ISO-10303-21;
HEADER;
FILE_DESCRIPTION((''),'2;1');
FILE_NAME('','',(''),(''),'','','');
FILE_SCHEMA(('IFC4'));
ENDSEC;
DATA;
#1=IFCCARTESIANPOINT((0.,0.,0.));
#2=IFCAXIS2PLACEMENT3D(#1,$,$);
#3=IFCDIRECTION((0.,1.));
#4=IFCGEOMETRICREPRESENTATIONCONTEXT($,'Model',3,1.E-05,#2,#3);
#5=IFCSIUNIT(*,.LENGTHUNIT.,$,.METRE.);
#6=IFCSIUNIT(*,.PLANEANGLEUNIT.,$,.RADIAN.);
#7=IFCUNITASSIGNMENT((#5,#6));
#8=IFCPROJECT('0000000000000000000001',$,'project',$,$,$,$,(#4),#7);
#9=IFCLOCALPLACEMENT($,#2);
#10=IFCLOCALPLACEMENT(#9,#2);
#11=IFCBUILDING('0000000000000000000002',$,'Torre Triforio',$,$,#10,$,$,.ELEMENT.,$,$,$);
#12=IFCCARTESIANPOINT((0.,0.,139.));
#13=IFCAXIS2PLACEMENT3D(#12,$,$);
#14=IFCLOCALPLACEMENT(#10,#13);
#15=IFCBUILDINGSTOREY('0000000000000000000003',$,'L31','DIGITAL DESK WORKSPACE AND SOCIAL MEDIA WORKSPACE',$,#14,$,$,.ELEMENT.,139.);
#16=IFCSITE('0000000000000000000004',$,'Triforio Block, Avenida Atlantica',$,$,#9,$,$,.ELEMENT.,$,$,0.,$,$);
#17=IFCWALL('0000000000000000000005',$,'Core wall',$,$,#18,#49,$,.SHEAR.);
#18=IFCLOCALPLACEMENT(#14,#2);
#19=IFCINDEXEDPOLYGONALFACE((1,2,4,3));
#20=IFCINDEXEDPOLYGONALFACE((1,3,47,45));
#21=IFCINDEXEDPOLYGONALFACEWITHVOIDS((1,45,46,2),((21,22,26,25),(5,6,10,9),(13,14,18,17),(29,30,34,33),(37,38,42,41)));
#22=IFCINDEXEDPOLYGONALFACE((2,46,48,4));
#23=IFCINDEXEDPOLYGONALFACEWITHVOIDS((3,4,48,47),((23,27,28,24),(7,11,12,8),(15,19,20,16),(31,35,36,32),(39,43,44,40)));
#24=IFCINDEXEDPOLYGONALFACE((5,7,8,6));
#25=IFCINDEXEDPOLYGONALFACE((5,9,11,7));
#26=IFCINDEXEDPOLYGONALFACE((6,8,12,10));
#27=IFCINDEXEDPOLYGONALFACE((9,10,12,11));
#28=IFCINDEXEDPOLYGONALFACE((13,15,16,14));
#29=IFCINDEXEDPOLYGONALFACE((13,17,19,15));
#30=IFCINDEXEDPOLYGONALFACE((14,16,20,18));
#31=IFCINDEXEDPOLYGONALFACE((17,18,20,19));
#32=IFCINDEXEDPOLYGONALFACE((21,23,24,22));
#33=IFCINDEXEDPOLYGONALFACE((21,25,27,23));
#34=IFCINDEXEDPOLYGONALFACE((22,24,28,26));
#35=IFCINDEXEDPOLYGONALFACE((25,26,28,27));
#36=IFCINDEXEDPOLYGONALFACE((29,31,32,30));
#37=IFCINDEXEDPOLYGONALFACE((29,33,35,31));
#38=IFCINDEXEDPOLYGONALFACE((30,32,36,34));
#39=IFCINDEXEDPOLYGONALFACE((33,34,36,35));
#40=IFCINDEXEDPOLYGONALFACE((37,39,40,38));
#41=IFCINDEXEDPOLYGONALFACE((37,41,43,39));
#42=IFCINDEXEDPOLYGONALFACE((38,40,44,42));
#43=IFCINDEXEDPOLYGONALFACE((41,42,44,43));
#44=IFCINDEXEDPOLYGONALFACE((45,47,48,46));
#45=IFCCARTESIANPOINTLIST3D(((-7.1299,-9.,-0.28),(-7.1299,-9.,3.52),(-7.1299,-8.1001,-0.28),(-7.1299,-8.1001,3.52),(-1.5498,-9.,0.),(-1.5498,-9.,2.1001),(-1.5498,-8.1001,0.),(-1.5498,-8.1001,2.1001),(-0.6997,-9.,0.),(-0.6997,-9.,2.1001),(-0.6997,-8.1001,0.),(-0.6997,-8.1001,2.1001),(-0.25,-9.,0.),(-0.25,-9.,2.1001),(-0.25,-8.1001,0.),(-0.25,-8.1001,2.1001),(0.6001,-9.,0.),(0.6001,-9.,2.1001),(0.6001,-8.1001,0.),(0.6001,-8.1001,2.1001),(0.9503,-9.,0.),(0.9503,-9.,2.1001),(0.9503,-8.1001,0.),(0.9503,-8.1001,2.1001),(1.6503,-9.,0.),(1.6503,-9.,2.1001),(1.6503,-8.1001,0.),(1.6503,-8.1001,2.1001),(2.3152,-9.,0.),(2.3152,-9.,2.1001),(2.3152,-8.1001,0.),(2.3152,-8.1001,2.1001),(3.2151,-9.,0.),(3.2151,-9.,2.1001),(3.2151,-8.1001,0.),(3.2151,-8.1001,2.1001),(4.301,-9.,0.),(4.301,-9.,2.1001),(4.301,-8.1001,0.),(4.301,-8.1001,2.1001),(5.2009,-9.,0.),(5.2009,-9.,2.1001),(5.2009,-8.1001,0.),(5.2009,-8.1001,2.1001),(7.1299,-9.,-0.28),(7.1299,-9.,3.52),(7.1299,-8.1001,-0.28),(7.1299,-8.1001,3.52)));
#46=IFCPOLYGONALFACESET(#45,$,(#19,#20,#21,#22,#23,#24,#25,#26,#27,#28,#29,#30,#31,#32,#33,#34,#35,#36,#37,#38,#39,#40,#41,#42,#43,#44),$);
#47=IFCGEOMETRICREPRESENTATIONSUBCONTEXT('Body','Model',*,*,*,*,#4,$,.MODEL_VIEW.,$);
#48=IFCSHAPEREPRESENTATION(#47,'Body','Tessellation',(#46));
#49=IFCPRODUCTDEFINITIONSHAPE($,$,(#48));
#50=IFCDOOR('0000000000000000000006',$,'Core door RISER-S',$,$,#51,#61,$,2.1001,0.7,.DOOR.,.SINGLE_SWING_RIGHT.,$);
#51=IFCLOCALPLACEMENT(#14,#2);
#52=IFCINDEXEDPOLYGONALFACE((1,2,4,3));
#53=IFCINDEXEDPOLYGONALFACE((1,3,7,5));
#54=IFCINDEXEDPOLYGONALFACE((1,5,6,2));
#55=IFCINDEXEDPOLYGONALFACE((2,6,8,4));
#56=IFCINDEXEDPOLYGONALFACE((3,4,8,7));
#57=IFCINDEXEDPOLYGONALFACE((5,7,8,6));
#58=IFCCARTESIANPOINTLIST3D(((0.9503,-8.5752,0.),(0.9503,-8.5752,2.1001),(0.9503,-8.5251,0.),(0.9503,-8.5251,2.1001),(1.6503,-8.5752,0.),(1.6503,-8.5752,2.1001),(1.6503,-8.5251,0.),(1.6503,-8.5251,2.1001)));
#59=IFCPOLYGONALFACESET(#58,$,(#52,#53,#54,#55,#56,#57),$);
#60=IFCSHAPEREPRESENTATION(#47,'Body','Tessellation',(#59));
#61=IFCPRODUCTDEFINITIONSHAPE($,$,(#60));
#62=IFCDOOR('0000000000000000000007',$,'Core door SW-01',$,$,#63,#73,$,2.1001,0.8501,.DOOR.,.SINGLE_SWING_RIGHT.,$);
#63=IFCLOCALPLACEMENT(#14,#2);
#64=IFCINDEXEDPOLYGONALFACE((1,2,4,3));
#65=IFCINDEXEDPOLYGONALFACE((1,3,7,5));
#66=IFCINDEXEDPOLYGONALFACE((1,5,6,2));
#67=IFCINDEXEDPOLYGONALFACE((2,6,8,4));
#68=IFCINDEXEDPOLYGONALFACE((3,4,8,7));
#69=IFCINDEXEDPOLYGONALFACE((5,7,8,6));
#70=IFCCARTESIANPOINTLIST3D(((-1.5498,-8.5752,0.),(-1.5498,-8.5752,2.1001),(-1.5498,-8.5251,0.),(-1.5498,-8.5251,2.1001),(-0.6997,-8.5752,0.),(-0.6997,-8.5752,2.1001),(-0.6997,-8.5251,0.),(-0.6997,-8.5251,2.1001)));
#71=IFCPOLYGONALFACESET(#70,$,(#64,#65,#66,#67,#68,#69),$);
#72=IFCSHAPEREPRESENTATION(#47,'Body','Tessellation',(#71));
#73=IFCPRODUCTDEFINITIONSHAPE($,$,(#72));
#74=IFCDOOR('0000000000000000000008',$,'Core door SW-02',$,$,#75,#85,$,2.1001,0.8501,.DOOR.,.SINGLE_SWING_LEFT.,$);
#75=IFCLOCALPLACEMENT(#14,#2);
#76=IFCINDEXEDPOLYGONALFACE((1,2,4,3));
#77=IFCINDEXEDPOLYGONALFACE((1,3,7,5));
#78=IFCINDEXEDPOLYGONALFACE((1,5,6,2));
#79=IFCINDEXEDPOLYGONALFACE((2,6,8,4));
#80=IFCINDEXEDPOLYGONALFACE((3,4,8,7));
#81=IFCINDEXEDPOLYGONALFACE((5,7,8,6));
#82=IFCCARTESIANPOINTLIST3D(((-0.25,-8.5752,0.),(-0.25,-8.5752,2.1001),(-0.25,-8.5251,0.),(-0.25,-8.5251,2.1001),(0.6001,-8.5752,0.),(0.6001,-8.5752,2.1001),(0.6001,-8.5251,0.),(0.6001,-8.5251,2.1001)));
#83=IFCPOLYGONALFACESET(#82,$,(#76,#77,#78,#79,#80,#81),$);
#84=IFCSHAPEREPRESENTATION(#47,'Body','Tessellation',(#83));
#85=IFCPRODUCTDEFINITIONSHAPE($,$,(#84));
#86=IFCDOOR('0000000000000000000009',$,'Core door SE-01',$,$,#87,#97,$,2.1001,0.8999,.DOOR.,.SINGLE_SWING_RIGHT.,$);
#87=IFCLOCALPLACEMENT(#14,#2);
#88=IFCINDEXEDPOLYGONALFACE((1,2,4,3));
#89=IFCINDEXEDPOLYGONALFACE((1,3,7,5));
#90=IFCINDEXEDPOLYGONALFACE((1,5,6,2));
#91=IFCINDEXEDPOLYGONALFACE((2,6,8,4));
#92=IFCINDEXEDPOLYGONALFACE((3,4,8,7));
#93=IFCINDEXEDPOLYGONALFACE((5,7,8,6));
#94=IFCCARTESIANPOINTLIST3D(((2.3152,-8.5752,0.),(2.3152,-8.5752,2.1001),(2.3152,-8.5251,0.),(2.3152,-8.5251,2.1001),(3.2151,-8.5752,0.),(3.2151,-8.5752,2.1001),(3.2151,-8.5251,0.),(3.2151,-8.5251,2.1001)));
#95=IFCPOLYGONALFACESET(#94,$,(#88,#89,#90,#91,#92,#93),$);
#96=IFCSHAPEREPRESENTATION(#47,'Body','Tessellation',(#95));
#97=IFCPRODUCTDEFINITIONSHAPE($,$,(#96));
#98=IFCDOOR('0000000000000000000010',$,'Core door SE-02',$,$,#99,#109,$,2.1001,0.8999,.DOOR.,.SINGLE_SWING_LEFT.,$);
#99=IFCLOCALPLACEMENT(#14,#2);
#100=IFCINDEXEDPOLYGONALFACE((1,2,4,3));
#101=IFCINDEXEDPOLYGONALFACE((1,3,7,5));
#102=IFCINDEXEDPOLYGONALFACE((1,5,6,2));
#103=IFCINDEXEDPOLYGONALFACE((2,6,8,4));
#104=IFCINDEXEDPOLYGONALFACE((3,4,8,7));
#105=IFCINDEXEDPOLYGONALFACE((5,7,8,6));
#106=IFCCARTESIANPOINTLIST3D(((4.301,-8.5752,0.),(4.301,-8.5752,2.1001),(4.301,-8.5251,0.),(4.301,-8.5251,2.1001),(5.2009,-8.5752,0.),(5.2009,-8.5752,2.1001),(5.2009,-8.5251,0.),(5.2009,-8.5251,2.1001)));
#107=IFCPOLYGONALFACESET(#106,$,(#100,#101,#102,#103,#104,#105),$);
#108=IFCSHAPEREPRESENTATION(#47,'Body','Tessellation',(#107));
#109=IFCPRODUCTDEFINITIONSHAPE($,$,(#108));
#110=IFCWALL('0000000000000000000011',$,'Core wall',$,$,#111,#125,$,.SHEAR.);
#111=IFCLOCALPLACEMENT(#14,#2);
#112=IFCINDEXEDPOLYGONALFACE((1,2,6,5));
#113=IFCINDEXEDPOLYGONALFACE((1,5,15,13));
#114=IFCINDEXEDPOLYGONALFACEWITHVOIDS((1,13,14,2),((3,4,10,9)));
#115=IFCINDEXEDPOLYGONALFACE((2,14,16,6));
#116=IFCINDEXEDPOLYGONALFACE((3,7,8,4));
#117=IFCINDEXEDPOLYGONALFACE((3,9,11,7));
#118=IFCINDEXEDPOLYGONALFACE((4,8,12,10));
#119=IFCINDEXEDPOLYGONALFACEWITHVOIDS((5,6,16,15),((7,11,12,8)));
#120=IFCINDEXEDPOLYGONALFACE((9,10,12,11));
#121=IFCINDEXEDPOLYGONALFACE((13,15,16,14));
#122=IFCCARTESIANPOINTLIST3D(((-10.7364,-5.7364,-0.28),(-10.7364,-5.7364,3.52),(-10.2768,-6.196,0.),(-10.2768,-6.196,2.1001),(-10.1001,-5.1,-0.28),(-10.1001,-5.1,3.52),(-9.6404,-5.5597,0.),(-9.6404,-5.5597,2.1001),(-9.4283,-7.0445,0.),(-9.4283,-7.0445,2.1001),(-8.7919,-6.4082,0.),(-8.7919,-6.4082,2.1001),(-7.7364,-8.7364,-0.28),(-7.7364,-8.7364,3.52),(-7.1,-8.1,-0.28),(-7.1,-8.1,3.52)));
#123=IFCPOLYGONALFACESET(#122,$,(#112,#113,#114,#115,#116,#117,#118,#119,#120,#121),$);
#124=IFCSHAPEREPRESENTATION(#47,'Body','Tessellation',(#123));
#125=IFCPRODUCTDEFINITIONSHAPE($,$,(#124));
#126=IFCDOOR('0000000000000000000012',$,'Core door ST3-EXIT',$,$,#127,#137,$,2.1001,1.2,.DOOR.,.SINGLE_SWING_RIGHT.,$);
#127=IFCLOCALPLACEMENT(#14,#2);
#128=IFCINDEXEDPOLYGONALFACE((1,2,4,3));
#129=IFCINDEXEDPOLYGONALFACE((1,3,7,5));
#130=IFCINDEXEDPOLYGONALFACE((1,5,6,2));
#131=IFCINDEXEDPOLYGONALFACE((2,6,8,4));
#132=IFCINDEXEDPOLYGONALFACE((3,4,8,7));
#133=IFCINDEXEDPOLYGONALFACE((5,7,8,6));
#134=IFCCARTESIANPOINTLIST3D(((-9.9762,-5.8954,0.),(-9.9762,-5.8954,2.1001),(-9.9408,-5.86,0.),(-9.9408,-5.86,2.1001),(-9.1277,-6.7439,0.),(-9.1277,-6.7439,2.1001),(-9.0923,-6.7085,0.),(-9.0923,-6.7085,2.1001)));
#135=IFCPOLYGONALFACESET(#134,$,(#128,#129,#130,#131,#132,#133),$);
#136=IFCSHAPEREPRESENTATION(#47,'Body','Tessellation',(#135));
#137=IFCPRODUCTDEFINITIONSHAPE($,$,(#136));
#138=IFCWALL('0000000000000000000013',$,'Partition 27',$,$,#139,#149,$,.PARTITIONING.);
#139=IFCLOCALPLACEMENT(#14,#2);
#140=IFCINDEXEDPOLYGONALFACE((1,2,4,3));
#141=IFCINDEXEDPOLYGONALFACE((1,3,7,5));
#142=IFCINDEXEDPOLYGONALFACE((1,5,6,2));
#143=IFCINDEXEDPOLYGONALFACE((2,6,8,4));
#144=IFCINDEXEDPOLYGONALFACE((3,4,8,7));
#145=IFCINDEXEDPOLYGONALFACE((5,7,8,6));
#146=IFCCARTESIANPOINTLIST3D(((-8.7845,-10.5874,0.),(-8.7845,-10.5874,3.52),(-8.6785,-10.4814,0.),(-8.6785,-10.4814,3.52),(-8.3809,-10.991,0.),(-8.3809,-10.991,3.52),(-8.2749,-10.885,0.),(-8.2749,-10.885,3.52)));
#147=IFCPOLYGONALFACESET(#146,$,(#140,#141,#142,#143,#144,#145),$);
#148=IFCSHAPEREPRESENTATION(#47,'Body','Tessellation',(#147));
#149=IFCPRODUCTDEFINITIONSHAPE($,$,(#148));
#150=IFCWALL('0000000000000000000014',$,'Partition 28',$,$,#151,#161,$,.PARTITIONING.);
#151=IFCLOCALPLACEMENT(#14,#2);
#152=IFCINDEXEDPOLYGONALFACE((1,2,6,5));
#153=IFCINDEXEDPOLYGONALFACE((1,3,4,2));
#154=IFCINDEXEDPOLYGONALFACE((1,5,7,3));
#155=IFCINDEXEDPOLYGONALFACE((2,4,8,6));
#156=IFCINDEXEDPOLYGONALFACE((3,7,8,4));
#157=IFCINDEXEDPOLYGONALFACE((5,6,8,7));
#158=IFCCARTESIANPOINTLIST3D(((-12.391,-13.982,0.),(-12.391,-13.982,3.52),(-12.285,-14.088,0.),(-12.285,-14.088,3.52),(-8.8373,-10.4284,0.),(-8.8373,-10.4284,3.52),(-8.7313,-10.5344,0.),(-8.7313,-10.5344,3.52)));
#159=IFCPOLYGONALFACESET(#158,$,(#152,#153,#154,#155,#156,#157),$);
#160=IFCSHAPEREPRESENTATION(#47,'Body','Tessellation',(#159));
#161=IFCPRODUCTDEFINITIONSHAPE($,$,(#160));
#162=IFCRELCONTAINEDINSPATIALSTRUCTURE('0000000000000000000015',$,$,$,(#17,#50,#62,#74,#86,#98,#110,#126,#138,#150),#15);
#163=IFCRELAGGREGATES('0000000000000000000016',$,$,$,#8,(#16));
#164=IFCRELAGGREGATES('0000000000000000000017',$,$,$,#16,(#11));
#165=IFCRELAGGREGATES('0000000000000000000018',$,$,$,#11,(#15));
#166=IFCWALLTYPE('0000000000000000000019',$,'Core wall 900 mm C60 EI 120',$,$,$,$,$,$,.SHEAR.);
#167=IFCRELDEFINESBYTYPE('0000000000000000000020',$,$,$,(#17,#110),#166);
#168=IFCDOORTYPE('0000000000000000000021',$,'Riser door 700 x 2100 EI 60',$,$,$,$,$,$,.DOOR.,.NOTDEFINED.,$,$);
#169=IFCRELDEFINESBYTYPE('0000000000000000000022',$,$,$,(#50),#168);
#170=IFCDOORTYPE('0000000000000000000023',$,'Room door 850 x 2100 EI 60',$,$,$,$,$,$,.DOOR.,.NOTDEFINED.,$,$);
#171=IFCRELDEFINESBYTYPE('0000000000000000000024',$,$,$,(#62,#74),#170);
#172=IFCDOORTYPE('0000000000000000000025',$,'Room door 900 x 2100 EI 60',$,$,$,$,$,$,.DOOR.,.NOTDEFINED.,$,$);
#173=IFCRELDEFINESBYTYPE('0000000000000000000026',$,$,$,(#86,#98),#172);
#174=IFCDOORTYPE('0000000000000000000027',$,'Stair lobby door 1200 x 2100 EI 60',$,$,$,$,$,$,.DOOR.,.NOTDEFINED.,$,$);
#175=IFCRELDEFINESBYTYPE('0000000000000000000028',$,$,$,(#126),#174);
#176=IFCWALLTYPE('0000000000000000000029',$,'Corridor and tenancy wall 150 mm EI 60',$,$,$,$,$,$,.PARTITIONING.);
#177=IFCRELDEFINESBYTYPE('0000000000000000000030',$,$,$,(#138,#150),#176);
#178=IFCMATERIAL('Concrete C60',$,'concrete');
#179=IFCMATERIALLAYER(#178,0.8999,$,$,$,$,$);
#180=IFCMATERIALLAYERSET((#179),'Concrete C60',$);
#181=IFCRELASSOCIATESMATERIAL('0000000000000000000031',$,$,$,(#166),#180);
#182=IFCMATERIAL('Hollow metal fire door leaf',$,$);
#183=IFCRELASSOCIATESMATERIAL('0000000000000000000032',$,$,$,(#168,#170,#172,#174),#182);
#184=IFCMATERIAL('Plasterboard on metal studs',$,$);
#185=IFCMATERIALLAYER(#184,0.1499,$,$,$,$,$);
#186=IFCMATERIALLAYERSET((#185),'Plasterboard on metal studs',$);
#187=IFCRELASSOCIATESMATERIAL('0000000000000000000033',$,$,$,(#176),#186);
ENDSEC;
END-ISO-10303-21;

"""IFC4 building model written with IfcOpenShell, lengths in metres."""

from ifc_helpers import new_model, si_unit, direction, frame, frame_2d, origin, place, context, subcontext, project, spatial, rectangle, extrude, material, layer, layer_set, type_object, element, fill, save


model = new_model("IFC4")

# Units and contexts
model_context = context("Model", 3, precision=1e-05, world=origin(), true_north=direction((0.0, 1.0)))
body_context = subcontext(model_context, "Body", "Model", "MODEL_VIEW")
ifc_project = project(units=[si_unit("LENGTHUNIT", "METRE"), si_unit("PLANEANGLEUNIT", "RADIAN")], contexts=[model_context])

# Site, building, storey
site_placement = place(None, origin())
site = spatial("IfcSite", under=ifc_project, at=site_placement, Name="Triforio Block, Avenida Atlantica", CompositionType="ELEMENT", RefElevation=0.0)
building_placement = place(site_placement, origin())
building = spatial("IfcBuilding", under=site, at=building_placement, Name="Torre Triforio", CompositionType="ELEMENT")
storey_placement = place(building_placement, frame((0.0, 0.0, 139.0)))
storey = spatial("IfcBuildingStorey", under=building, at=storey_placement, Name="L31", Description="DIGITAL DESK WORKSPACE AND SOCIAL MEDIA WORKSPACE", CompositionType="ELEMENT", Elevation=139.0)

# Shared definitions
ifc_material_1 = material(Name="Concrete C60", Category="concrete")

# Wall, openings, doors
ifc_layer_1 = layer(ifc_material_1, 0.8999)
ifc_layer_set_1 = layer_set([ifc_layer_1], Name="Concrete C60")
wall_type_1 = type_object("IfcWallType", Name="Core wall 900 mm C60 EI 120", PredefinedType="SHEAR", material=ifc_layer_set_1)
wall_1_placement = place(storey_placement, frame((-7.1299, -8.55, -0.28), z_axis=(0.0, 0.0, 1.0), x_axis=(1.0, 0.0, 0.0)))
wall_1 = element("IfcWall", 1, at=wall_1_placement, inside=storey, type_object=wall_type_1, Name="Core wall", PredefinedType="SHEAR", context=body_context, shape_type="SweptSolid", body=[
    extrude(rectangle(XDim=14.2598, YDim=0.8999, at=frame_2d((7.1299, 0.0))), origin(), (0.0, 0.0, 1.0), 3.8),
])
opening_1_placement = place(wall_1_placement, frame((8.0801, 0.0, 0.28)))
opening_1 = element("IfcOpeningElement", 2, at=opening_1_placement, cuts=wall_1, PredefinedType="OPENING", context=body_context, shape_type="SweptSolid", body=[
    extrude(rectangle(XDim=0.7, YDim=2.1001, at=frame_2d((0.3501, 1.05))), frame((0.0, 0.46, 0.0), z_axis=(0.0, -1.0, 0.0), x_axis=(1.0, 0.0, 0.0)), (0.0, 0.0, 1.0), 0.9199),
])
opening_2_placement = place(wall_1_placement, frame((5.5801, 0.0, 0.28)))
opening_2 = element("IfcOpeningElement", 3, at=opening_2_placement, cuts=wall_1, PredefinedType="OPENING", context=body_context, shape_type="SweptSolid", body=[
    extrude(rectangle(XDim=0.8501, YDim=2.1001, at=frame_2d((0.425, 1.05))), frame((0.0, 0.46, 0.0), z_axis=(0.0, -1.0, 0.0), x_axis=(1.0, 0.0, 0.0)), (0.0, 0.0, 1.0), 0.9199),
])
opening_3_placement = place(wall_1_placement, frame((6.8799, 0.0, 0.28)))
opening_3 = element("IfcOpeningElement", 4, at=opening_3_placement, cuts=wall_1, PredefinedType="OPENING", context=body_context, shape_type="SweptSolid", body=[
    extrude(rectangle(XDim=0.8501, YDim=2.1001, at=frame_2d((0.425, 1.05))), frame((0.0, 0.46, 0.0), z_axis=(0.0, -1.0, 0.0), x_axis=(1.0, 0.0, 0.0)), (0.0, 0.0, 1.0), 0.9199),
])
opening_4_placement = place(wall_1_placement, frame((9.4451, 0.0, 0.28)))
opening_4 = element("IfcOpeningElement", 5, at=opening_4_placement, cuts=wall_1, PredefinedType="OPENING", context=body_context, shape_type="SweptSolid", body=[
    extrude(rectangle(XDim=0.8999, YDim=2.1001, at=frame_2d((0.45, 1.05))), frame((0.0, 0.46, 0.0), z_axis=(0.0, -1.0, 0.0), x_axis=(1.0, 0.0, 0.0)), (0.0, 0.0, 1.0), 0.9199),
])
opening_5_placement = place(wall_1_placement, frame((11.4309, 0.0, 0.28)))
opening_5 = element("IfcOpeningElement", 6, at=opening_5_placement, cuts=wall_1, PredefinedType="OPENING", context=body_context, shape_type="SweptSolid", body=[
    extrude(rectangle(XDim=0.8999, YDim=2.1001, at=frame_2d((0.45, 1.05))), frame((0.0, 0.46, 0.0), z_axis=(0.0, -1.0, 0.0), x_axis=(1.0, 0.0, 0.0)), (0.0, 0.0, 1.0), 0.9199),
])
ifc_material_2 = material(Name="Hollow metal fire door leaf")
door_type_1 = type_object("IfcDoorType", Name="Riser door 700 x 2100 EI 60", OperationType="NOTDEFINED", PredefinedType="DOOR", material=ifc_material_2)
door_1_placement = place(opening_1_placement, origin())
door_1 = element("IfcDoor", 7, at=door_1_placement, inside=storey, type_object=door_type_1, Name="Core door RISER-S", OperationType="SINGLE_SWING_RIGHT", OverallHeight=2.1001, OverallWidth=0.7, PredefinedType="DOOR", context=body_context, shape_type="SweptSolid", body=[
    extrude(rectangle(XDim=0.7, YDim=2.1001, at=frame_2d((0.3501, 1.05))), frame((0.0, 0.0249, 0.0), z_axis=(0.0, -1.0, 0.0), x_axis=(1.0, 0.0, 0.0)), (0.0, 0.0, 1.0), 0.05),
])
fill(opening_1, door_1)
door_type_2 = type_object("IfcDoorType", Name="Room door 850 x 2100 EI 60", OperationType="NOTDEFINED", PredefinedType="DOOR", material=ifc_material_2)
door_2_placement = place(opening_2_placement, origin())
door_2 = element("IfcDoor", 8, at=door_2_placement, inside=storey, type_object=door_type_2, Name="Core door SW-01", OperationType="SINGLE_SWING_RIGHT", OverallHeight=2.1001, OverallWidth=0.8501, PredefinedType="DOOR", context=body_context, shape_type="SweptSolid", body=[
    extrude(rectangle(XDim=0.8501, YDim=2.1001, at=frame_2d((0.425, 1.05))), frame((0.0, 0.0249, 0.0), z_axis=(0.0, -1.0, 0.0), x_axis=(1.0, 0.0, 0.0)), (0.0, 0.0, 1.0), 0.05),
])
fill(opening_2, door_2)
door_3_placement = place(opening_3_placement, origin())
door_3 = element("IfcDoor", 9, at=door_3_placement, inside=storey, type_object=door_type_2, Name="Core door SW-02", OperationType="SINGLE_SWING_LEFT", OverallHeight=2.1001, OverallWidth=0.8501, PredefinedType="DOOR", context=body_context, shape_type="SweptSolid", body=[
    extrude(rectangle(XDim=0.8501, YDim=2.1001, at=frame_2d((0.425, 1.05))), frame((0.0, 0.0249, 0.0), z_axis=(0.0, -1.0, 0.0), x_axis=(1.0, 0.0, 0.0)), (0.0, 0.0, 1.0), 0.05),
])
fill(opening_3, door_3)
door_type_3 = type_object("IfcDoorType", Name="Room door 900 x 2100 EI 60", OperationType="NOTDEFINED", PredefinedType="DOOR", material=ifc_material_2)
door_4_placement = place(opening_4_placement, origin())
door_4 = element("IfcDoor", 10, at=door_4_placement, inside=storey, type_object=door_type_3, Name="Core door SE-01", OperationType="SINGLE_SWING_RIGHT", OverallHeight=2.1001, OverallWidth=0.8999, PredefinedType="DOOR", context=body_context, shape_type="SweptSolid", body=[
    extrude(rectangle(XDim=0.8999, YDim=2.1001, at=frame_2d((0.45, 1.05))), frame((0.0, 0.0249, 0.0), z_axis=(0.0, -1.0, 0.0), x_axis=(1.0, 0.0, 0.0)), (0.0, 0.0, 1.0), 0.05),
])
fill(opening_4, door_4)
door_5_placement = place(opening_5_placement, origin())
door_5 = element("IfcDoor", 11, at=door_5_placement, inside=storey, type_object=door_type_3, Name="Core door SE-02", OperationType="SINGLE_SWING_LEFT", OverallHeight=2.1001, OverallWidth=0.8999, PredefinedType="DOOR", context=body_context, shape_type="SweptSolid", body=[
    extrude(rectangle(XDim=0.8999, YDim=2.1001, at=frame_2d((0.45, 1.05))), frame((0.0, 0.0249, 0.0), z_axis=(0.0, -1.0, 0.0), x_axis=(1.0, 0.0, 0.0)), (0.0, 0.0, 1.0), 0.05),
])
fill(opening_5, door_5)

# Wall, opening, door
wall_2_placement = place(storey_placement, frame((-7.4182, -8.4182, -0.28), z_axis=(0.0, 0.0, 1.0), x_axis=(-0.707107, 0.707107, 0.0)))
wall_2 = element("IfcWall", 12, at=wall_2_placement, inside=storey, type_object=wall_type_1, Name="Core wall", PredefinedType="SHEAR", context=body_context, shape_type="SweptSolid", body=[
    extrude(rectangle(XDim=4.2427, YDim=0.8999, at=frame_2d((2.1213, 0.0))), origin(), (0.0, 0.0, 1.0), 3.8),
])
opening_6_placement = place(wall_2_placement, frame((2.3926, 0.0, 0.28)))
opening_6 = element("IfcOpeningElement", 13, at=opening_6_placement, cuts=wall_2, PredefinedType="OPENING", context=body_context, shape_type="SweptSolid", body=[
    extrude(rectangle(XDim=1.2, YDim=2.1001, at=frame_2d((0.6001, 1.05))), frame((0.0, 0.46, 0.0), z_axis=(0.0, -1.0, 0.0), x_axis=(1.0, 0.0, 0.0)), (0.0, 0.0, 1.0), 0.9199),
])
door_type_4 = type_object("IfcDoorType", Name="Stair lobby door 1200 x 2100 EI 60", OperationType="NOTDEFINED", PredefinedType="DOOR", material=ifc_material_2)
door_6_placement = place(opening_6_placement, origin())
door_6 = element("IfcDoor", 14, at=door_6_placement, inside=storey, type_object=door_type_4, Name="Core door ST3-EXIT", OperationType="SINGLE_SWING_RIGHT", OverallHeight=2.1001, OverallWidth=1.2, PredefinedType="DOOR", context=body_context, shape_type="SweptSolid", body=[
    extrude(rectangle(XDim=1.2, YDim=2.1001, at=frame_2d((0.6001, 1.05))), frame((0.0, 0.0249, 0.0), z_axis=(0.0, -1.0, 0.0), x_axis=(1.0, 0.0, 0.0)), (0.0, 0.0, 1.0), 0.05),
])
fill(opening_6, door_6)

# Walls
ifc_material_3 = material(Name="Plasterboard on metal studs")
ifc_layer_2 = layer(ifc_material_3, 0.1499)
ifc_layer_set_2 = layer_set([ifc_layer_2], Name="Plasterboard on metal studs")
wall_type_2 = type_object("IfcWallType", Name="Corridor and tenancy wall 150 mm EI 60", PredefinedType="PARTITIONING", material=ifc_layer_set_2)
wall_3_placement = place(storey_placement, frame((-8.3279, -10.938, 0.0), z_axis=(0.0, 0.0, 1.0), x_axis=(-0.707107, 0.707107, 0.0)))
element("IfcWall", 15, at=wall_3_placement, inside=storey, type_object=wall_type_2, Name="Partition 27", PredefinedType="PARTITIONING", context=body_context, shape_type="SweptSolid", body=[
    extrude(rectangle(XDim=0.5708, YDim=0.1499, at=frame_2d((0.2854, 0.0))), origin(), (0.0, 0.0, 1.0), 3.52),
])
wall_4_placement = place(storey_placement, frame((-8.7844, -10.4814, 0.0), z_axis=(0.0, 0.0, 1.0), x_axis=(-0.707107, -0.707107, 0.0)))
element("IfcWall", 16, at=wall_4_placement, inside=storey, type_object=wall_type_2, Name="Partition 28", PredefinedType="PARTITIONING", context=body_context, shape_type="SweptSolid", body=[
    extrude(rectangle(XDim=5.0256, YDim=0.1499, at=frame_2d((2.5127, 0.0))), origin(), (0.0, 0.0, 1.0), 3.52),
])

save(model, "model.ifc")
